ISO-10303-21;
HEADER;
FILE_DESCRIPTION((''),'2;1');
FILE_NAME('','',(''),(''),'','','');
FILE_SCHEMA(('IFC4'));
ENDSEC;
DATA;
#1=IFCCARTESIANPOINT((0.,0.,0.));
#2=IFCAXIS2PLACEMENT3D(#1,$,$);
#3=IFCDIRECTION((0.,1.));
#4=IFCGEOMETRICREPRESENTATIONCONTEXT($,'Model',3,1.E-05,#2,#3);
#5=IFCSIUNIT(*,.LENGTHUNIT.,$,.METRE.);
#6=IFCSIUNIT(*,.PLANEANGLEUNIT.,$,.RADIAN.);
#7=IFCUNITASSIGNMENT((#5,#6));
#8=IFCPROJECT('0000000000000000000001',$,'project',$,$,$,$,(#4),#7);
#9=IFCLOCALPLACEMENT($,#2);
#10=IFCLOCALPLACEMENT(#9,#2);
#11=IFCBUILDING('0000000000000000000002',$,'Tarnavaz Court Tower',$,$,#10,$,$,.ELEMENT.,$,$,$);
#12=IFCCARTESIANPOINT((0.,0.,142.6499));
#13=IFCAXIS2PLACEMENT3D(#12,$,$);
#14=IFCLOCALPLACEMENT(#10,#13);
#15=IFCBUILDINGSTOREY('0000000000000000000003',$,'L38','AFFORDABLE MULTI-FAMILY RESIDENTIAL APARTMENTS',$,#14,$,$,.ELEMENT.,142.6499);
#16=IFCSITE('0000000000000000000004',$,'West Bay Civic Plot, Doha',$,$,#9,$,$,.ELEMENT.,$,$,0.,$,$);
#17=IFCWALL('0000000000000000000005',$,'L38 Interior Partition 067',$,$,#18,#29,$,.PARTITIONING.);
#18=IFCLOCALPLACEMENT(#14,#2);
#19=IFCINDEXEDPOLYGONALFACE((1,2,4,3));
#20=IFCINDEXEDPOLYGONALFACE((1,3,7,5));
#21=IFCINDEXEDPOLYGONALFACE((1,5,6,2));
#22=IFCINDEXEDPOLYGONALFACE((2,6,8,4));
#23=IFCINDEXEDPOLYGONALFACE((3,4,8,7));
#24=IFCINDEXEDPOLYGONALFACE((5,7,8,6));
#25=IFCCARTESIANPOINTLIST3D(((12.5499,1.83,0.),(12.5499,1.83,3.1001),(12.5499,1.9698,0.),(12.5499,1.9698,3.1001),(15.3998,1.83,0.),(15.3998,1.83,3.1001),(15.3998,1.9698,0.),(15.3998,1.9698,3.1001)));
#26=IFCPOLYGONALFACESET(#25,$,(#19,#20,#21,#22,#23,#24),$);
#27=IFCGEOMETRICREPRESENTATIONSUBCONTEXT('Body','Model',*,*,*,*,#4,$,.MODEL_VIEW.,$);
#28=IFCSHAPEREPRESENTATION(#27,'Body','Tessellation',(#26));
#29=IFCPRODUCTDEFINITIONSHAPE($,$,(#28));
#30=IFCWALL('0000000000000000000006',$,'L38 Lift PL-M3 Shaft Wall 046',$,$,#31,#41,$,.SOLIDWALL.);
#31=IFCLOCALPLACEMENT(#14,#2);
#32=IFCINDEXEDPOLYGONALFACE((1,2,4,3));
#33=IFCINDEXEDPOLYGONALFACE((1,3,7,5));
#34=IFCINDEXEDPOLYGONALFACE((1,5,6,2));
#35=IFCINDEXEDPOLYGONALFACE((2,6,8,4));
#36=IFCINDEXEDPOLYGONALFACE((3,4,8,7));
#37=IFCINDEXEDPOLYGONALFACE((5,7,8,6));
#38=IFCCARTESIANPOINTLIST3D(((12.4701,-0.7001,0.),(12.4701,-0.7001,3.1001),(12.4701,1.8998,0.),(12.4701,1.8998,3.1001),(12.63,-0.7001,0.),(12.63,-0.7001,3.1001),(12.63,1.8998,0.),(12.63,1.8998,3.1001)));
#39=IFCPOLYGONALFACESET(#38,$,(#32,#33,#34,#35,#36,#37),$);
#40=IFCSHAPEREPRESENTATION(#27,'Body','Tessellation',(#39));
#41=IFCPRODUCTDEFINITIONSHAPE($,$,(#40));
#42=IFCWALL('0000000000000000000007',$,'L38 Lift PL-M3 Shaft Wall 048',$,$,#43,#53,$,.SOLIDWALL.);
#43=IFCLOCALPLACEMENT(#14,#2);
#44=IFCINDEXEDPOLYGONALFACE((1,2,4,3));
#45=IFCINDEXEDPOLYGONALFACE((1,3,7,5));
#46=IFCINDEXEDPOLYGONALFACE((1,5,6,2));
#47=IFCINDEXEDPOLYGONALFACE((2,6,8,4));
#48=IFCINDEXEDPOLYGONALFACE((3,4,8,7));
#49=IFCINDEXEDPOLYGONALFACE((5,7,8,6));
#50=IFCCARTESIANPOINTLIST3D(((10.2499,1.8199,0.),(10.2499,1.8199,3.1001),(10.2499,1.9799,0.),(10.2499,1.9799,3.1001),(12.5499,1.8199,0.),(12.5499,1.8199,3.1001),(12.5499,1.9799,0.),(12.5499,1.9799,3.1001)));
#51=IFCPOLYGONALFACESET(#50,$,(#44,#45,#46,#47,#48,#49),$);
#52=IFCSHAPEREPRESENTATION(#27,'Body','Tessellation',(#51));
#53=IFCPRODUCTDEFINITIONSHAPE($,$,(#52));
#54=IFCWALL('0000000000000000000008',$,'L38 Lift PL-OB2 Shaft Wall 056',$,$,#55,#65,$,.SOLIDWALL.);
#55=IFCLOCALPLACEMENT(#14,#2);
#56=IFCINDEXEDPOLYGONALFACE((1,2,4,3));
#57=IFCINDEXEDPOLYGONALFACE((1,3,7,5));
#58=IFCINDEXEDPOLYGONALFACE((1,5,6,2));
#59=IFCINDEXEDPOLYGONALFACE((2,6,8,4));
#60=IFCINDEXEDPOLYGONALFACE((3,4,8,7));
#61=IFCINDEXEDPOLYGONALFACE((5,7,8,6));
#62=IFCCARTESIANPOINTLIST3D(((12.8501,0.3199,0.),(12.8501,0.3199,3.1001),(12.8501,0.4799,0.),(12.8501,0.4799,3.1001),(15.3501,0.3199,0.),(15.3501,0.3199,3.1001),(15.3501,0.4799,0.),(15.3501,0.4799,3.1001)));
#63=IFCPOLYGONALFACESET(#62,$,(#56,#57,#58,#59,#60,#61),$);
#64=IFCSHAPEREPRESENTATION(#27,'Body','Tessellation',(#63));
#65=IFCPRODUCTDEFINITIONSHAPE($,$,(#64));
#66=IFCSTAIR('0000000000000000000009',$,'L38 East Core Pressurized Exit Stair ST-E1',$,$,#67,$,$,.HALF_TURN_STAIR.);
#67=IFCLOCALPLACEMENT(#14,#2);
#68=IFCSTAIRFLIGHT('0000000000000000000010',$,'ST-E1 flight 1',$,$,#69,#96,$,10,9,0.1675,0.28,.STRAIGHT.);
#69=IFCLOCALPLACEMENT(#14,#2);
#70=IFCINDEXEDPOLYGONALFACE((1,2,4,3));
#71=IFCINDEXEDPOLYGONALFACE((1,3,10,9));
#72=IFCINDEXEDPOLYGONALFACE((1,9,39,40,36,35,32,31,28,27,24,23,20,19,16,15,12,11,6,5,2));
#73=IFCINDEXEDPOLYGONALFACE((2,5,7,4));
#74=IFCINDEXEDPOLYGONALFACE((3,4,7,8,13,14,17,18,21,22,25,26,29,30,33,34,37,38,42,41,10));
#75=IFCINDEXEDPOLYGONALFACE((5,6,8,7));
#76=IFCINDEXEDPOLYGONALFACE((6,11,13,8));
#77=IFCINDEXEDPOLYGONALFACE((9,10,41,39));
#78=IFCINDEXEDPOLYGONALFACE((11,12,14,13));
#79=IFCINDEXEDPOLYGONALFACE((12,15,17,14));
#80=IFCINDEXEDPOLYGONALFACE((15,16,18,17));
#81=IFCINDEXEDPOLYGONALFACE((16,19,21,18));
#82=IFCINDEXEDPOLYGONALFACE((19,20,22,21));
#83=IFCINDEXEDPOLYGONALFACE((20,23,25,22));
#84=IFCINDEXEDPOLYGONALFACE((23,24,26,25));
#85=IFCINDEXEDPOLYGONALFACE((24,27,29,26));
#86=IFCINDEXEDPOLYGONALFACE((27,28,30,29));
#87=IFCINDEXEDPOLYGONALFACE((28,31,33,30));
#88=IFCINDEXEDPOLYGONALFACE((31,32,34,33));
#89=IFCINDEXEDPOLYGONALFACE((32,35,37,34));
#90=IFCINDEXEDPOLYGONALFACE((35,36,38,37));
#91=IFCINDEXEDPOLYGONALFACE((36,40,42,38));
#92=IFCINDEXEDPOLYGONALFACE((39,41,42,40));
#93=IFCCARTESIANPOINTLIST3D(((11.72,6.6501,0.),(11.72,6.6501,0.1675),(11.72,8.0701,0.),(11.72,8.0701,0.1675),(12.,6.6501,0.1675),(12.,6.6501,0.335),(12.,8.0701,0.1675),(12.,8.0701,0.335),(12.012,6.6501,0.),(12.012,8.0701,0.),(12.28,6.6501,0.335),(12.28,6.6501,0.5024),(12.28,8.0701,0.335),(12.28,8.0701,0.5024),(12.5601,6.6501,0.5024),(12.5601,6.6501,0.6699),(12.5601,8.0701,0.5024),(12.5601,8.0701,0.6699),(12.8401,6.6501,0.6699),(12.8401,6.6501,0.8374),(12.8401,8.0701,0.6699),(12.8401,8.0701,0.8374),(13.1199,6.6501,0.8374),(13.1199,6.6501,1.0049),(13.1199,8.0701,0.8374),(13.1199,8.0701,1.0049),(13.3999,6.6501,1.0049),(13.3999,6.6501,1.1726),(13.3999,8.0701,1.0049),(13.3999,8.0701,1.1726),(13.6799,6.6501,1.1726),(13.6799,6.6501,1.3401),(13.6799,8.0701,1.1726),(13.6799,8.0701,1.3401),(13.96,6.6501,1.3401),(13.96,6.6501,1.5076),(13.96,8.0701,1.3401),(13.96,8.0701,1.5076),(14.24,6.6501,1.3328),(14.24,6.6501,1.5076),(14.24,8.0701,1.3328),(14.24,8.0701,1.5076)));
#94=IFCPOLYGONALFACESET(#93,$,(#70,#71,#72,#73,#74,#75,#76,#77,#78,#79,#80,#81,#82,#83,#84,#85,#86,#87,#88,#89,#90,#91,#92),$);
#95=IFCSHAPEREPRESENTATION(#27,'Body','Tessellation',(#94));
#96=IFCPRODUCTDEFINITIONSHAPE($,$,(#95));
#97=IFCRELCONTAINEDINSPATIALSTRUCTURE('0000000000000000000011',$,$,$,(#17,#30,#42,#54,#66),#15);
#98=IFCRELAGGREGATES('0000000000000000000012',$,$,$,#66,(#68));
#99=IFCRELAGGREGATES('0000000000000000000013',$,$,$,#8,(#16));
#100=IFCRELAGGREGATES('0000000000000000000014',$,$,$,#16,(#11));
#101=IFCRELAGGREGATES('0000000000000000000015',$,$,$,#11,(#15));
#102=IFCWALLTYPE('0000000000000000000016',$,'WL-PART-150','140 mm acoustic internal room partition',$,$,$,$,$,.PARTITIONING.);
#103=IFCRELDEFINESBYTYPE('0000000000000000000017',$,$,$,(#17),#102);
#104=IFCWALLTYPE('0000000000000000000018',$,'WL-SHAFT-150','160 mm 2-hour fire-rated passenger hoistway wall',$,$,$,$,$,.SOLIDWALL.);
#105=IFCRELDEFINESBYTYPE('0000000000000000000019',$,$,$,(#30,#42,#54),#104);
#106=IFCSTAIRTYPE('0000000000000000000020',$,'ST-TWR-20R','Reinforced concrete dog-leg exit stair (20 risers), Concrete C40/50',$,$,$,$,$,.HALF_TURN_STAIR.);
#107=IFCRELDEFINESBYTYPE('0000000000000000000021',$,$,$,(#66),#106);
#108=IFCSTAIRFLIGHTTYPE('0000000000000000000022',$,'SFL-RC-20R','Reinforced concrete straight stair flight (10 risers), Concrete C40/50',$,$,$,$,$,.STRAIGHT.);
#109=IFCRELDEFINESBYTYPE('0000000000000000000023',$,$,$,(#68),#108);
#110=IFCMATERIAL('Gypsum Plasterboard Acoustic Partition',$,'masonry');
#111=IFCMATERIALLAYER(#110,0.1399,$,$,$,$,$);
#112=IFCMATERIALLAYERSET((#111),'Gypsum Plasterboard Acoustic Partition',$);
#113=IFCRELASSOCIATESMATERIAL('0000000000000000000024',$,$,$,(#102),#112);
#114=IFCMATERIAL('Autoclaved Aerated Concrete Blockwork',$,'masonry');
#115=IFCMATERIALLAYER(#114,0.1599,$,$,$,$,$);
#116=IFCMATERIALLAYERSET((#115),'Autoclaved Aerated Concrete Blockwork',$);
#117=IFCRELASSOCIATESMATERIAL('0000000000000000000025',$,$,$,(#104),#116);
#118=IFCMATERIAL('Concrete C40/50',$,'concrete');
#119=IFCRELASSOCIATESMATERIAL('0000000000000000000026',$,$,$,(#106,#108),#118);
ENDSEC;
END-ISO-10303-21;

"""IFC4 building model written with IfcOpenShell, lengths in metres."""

from ifc_helpers import new_model, si_unit, direction, frame, frame_2d, origin, place, context, subcontext, project, spatial, polyline, rectangle, outline, extrude, material, layer, layer_set, type_object, element, aggregate, save


model = new_model("IFC4")

# Units and contexts
model_context = context("Model", 3, precision=1e-05, world=origin(), true_north=direction((0.0, 1.0)))
body_context = subcontext(model_context, "Body", "Model", "MODEL_VIEW")
ifc_project = project(units=[si_unit("LENGTHUNIT", "METRE"), si_unit("PLANEANGLEUNIT", "RADIAN")], contexts=[model_context])

# Site, building, storey
site_placement = place(None, origin())
site = spatial("IfcSite", under=ifc_project, at=site_placement, Name="West Bay Civic Plot, Doha", CompositionType="ELEMENT", RefElevation=0.0)
building_placement = place(site_placement, origin())
building = spatial("IfcBuilding", under=site, at=building_placement, Name="Tarnavaz Court Tower", CompositionType="ELEMENT")
storey_placement = place(building_placement, frame((0.0, 0.0, 142.6499)))
storey = spatial("IfcBuildingStorey", under=building, at=storey_placement, Name="L38", Description="AFFORDABLE MULTI-FAMILY RESIDENTIAL APARTMENTS", CompositionType="ELEMENT", Elevation=142.6499)

# Shared definitions
ifc_material_1 = material(Name="Autoclaved Aerated Concrete Blockwork", Category="masonry")

# Walls
ifc_material_2 = material(Name="Gypsum Plasterboard Acoustic Partition", Category="masonry")
ifc_layer_1 = layer(ifc_material_2, 0.1399)
ifc_layer_set_1 = layer_set([ifc_layer_1], Name="Gypsum Plasterboard Acoustic Partition")
wall_type_1 = type_object("IfcWallType", Name="WL-PART-150", Description="140 mm acoustic internal room partition", PredefinedType="PARTITIONING", material=ifc_layer_set_1)
wall_1_placement = place(storey_placement, frame((12.55, 1.8999, 0.0), z_axis=(0.0, 0.0, 1.0), x_axis=(1.0, 0.0, 0.0)))
element("IfcWall", 1, at=wall_1_placement, inside=storey, type_object=wall_type_1, Name="L38 Interior Partition 067", PredefinedType="PARTITIONING", context=body_context, shape_type="SweptSolid", body=[
    extrude(rectangle(XDim=2.8499, YDim=0.1399, at=frame_2d((1.4248, 0.0))), origin(), (0.0, 0.0, 1.0), 3.1001),
])
ifc_layer_2 = layer(ifc_material_1, 0.1599)
ifc_layer_set_2 = layer_set([ifc_layer_2], Name="Autoclaved Aerated Concrete Blockwork")
wall_type_2 = type_object("IfcWallType", Name="WL-SHAFT-150", Description="160 mm 2-hour fire-rated passenger hoistway wall", PredefinedType="SOLIDWALL", material=ifc_layer_set_2)
wall_2_placement = place(storey_placement, frame((12.55, -0.7, 0.0), z_axis=(0.0, 0.0, 1.0), x_axis=(0.0, 1.0, 0.0)))
element("IfcWall", 2, at=wall_2_placement, inside=storey, type_object=wall_type_2, Name="L38 Lift PL-M3 Shaft Wall 046", PredefinedType="SOLIDWALL", context=body_context, shape_type="SweptSolid", body=[
    extrude(rectangle(XDim=2.5999, YDim=0.1599, at=frame_2d((1.2998, 0.0))), origin(), (0.0, 0.0, 1.0), 3.1001),
])
wall_3_placement = place(storey_placement, frame((10.25, 1.8999, 0.0), z_axis=(0.0, 0.0, 1.0), x_axis=(1.0, 0.0, 0.0)))
element("IfcWall", 3, at=wall_3_placement, inside=storey, type_object=wall_type_2, Name="L38 Lift PL-M3 Shaft Wall 048", PredefinedType="SOLIDWALL", context=body_context, shape_type="SweptSolid", body=[
    extrude(rectangle(XDim=2.3, YDim=0.1599, at=frame_2d((1.1499, 0.0))), origin(), (0.0, 0.0, 1.0), 3.1001),
])
wall_4_placement = place(storey_placement, frame((12.8501, 0.3999, 0.0), z_axis=(0.0, 0.0, 1.0), x_axis=(1.0, 0.0, 0.0)))
element("IfcWall", 4, at=wall_4_placement, inside=storey, type_object=wall_type_2, Name="L38 Lift PL-OB2 Shaft Wall 056", PredefinedType="SOLIDWALL", context=body_context, shape_type="SweptSolid", body=[
    extrude(rectangle(XDim=2.5, YDim=0.1599, at=frame_2d((1.25, 0.0))), origin(), (0.0, 0.0, 1.0), 3.1001),
])

# Stair, stair flight
ifc_material_3 = material(Name="Concrete C40/50", Category="concrete")
stair_type = type_object("IfcStairType", Name="ST-TWR-20R", Description="Reinforced concrete dog-leg exit stair (20 risers), Concrete C40/50", PredefinedType="HALF_TURN_STAIR", material=ifc_material_3)
stair_placement = place(storey_placement, origin())
stair = element("IfcStair", 5, at=stair_placement, inside=storey, type_object=stair_type, Name="L38 East Core Pressurized Exit Stair ST-E1", PredefinedType="HALF_TURN_STAIR")
stair_flight_type = type_object("IfcStairFlightType", Name="SFL-RC-20R", Description="Reinforced concrete straight stair flight (10 risers), Concrete C40/50", PredefinedType="STRAIGHT", material=ifc_material_3)
stair_flight_placement = place(storey_placement, frame((11.72, 7.3601, 0.0), z_axis=(0.0, 0.0, 1.0), x_axis=(1.0, 0.0, 0.0)))
stair_flight = element("IfcStairFlight", 6, at=stair_flight_placement, type_object=stair_flight_type, Name="ST-E1 flight 1", NumberOfRisers=10, NumberOfTreads=9, PredefinedType="STRAIGHT", RiserHeight=0.1675, TreadLength=0.28, context=body_context, shape_type="SweptSolid", body=[
    extrude(outline(polyline([(0.0, 0.0), (0.0, 0.1675), (0.28, 0.1675), (0.28, 0.335), (0.5601, 0.335), (0.5601, 0.5024), (0.8401, 0.5024), (0.8401, 0.6699), (1.1201, 0.6699), (1.1201, 0.8374), (1.3999, 0.8374), (1.3999, 1.0049), (1.6799, 1.0049), (1.6799, 1.1726), (1.96, 1.1726), (1.96, 1.3401), (2.24, 1.3401), (2.24, 1.5076), (2.52, 1.5076), (2.52, 1.675), (2.52, 1.3328), (0.292, 0.0), (0.0, 0.0)])), frame((0.0, 0.71, 0.0), z_axis=(0.0, -1.0, 0.0), x_axis=(1.0, 0.0, 0.0)), (0.0, 0.0, 1.0), 1.4199),
])
aggregate(stair, [stair_flight])

save(model, "model.ifc")
